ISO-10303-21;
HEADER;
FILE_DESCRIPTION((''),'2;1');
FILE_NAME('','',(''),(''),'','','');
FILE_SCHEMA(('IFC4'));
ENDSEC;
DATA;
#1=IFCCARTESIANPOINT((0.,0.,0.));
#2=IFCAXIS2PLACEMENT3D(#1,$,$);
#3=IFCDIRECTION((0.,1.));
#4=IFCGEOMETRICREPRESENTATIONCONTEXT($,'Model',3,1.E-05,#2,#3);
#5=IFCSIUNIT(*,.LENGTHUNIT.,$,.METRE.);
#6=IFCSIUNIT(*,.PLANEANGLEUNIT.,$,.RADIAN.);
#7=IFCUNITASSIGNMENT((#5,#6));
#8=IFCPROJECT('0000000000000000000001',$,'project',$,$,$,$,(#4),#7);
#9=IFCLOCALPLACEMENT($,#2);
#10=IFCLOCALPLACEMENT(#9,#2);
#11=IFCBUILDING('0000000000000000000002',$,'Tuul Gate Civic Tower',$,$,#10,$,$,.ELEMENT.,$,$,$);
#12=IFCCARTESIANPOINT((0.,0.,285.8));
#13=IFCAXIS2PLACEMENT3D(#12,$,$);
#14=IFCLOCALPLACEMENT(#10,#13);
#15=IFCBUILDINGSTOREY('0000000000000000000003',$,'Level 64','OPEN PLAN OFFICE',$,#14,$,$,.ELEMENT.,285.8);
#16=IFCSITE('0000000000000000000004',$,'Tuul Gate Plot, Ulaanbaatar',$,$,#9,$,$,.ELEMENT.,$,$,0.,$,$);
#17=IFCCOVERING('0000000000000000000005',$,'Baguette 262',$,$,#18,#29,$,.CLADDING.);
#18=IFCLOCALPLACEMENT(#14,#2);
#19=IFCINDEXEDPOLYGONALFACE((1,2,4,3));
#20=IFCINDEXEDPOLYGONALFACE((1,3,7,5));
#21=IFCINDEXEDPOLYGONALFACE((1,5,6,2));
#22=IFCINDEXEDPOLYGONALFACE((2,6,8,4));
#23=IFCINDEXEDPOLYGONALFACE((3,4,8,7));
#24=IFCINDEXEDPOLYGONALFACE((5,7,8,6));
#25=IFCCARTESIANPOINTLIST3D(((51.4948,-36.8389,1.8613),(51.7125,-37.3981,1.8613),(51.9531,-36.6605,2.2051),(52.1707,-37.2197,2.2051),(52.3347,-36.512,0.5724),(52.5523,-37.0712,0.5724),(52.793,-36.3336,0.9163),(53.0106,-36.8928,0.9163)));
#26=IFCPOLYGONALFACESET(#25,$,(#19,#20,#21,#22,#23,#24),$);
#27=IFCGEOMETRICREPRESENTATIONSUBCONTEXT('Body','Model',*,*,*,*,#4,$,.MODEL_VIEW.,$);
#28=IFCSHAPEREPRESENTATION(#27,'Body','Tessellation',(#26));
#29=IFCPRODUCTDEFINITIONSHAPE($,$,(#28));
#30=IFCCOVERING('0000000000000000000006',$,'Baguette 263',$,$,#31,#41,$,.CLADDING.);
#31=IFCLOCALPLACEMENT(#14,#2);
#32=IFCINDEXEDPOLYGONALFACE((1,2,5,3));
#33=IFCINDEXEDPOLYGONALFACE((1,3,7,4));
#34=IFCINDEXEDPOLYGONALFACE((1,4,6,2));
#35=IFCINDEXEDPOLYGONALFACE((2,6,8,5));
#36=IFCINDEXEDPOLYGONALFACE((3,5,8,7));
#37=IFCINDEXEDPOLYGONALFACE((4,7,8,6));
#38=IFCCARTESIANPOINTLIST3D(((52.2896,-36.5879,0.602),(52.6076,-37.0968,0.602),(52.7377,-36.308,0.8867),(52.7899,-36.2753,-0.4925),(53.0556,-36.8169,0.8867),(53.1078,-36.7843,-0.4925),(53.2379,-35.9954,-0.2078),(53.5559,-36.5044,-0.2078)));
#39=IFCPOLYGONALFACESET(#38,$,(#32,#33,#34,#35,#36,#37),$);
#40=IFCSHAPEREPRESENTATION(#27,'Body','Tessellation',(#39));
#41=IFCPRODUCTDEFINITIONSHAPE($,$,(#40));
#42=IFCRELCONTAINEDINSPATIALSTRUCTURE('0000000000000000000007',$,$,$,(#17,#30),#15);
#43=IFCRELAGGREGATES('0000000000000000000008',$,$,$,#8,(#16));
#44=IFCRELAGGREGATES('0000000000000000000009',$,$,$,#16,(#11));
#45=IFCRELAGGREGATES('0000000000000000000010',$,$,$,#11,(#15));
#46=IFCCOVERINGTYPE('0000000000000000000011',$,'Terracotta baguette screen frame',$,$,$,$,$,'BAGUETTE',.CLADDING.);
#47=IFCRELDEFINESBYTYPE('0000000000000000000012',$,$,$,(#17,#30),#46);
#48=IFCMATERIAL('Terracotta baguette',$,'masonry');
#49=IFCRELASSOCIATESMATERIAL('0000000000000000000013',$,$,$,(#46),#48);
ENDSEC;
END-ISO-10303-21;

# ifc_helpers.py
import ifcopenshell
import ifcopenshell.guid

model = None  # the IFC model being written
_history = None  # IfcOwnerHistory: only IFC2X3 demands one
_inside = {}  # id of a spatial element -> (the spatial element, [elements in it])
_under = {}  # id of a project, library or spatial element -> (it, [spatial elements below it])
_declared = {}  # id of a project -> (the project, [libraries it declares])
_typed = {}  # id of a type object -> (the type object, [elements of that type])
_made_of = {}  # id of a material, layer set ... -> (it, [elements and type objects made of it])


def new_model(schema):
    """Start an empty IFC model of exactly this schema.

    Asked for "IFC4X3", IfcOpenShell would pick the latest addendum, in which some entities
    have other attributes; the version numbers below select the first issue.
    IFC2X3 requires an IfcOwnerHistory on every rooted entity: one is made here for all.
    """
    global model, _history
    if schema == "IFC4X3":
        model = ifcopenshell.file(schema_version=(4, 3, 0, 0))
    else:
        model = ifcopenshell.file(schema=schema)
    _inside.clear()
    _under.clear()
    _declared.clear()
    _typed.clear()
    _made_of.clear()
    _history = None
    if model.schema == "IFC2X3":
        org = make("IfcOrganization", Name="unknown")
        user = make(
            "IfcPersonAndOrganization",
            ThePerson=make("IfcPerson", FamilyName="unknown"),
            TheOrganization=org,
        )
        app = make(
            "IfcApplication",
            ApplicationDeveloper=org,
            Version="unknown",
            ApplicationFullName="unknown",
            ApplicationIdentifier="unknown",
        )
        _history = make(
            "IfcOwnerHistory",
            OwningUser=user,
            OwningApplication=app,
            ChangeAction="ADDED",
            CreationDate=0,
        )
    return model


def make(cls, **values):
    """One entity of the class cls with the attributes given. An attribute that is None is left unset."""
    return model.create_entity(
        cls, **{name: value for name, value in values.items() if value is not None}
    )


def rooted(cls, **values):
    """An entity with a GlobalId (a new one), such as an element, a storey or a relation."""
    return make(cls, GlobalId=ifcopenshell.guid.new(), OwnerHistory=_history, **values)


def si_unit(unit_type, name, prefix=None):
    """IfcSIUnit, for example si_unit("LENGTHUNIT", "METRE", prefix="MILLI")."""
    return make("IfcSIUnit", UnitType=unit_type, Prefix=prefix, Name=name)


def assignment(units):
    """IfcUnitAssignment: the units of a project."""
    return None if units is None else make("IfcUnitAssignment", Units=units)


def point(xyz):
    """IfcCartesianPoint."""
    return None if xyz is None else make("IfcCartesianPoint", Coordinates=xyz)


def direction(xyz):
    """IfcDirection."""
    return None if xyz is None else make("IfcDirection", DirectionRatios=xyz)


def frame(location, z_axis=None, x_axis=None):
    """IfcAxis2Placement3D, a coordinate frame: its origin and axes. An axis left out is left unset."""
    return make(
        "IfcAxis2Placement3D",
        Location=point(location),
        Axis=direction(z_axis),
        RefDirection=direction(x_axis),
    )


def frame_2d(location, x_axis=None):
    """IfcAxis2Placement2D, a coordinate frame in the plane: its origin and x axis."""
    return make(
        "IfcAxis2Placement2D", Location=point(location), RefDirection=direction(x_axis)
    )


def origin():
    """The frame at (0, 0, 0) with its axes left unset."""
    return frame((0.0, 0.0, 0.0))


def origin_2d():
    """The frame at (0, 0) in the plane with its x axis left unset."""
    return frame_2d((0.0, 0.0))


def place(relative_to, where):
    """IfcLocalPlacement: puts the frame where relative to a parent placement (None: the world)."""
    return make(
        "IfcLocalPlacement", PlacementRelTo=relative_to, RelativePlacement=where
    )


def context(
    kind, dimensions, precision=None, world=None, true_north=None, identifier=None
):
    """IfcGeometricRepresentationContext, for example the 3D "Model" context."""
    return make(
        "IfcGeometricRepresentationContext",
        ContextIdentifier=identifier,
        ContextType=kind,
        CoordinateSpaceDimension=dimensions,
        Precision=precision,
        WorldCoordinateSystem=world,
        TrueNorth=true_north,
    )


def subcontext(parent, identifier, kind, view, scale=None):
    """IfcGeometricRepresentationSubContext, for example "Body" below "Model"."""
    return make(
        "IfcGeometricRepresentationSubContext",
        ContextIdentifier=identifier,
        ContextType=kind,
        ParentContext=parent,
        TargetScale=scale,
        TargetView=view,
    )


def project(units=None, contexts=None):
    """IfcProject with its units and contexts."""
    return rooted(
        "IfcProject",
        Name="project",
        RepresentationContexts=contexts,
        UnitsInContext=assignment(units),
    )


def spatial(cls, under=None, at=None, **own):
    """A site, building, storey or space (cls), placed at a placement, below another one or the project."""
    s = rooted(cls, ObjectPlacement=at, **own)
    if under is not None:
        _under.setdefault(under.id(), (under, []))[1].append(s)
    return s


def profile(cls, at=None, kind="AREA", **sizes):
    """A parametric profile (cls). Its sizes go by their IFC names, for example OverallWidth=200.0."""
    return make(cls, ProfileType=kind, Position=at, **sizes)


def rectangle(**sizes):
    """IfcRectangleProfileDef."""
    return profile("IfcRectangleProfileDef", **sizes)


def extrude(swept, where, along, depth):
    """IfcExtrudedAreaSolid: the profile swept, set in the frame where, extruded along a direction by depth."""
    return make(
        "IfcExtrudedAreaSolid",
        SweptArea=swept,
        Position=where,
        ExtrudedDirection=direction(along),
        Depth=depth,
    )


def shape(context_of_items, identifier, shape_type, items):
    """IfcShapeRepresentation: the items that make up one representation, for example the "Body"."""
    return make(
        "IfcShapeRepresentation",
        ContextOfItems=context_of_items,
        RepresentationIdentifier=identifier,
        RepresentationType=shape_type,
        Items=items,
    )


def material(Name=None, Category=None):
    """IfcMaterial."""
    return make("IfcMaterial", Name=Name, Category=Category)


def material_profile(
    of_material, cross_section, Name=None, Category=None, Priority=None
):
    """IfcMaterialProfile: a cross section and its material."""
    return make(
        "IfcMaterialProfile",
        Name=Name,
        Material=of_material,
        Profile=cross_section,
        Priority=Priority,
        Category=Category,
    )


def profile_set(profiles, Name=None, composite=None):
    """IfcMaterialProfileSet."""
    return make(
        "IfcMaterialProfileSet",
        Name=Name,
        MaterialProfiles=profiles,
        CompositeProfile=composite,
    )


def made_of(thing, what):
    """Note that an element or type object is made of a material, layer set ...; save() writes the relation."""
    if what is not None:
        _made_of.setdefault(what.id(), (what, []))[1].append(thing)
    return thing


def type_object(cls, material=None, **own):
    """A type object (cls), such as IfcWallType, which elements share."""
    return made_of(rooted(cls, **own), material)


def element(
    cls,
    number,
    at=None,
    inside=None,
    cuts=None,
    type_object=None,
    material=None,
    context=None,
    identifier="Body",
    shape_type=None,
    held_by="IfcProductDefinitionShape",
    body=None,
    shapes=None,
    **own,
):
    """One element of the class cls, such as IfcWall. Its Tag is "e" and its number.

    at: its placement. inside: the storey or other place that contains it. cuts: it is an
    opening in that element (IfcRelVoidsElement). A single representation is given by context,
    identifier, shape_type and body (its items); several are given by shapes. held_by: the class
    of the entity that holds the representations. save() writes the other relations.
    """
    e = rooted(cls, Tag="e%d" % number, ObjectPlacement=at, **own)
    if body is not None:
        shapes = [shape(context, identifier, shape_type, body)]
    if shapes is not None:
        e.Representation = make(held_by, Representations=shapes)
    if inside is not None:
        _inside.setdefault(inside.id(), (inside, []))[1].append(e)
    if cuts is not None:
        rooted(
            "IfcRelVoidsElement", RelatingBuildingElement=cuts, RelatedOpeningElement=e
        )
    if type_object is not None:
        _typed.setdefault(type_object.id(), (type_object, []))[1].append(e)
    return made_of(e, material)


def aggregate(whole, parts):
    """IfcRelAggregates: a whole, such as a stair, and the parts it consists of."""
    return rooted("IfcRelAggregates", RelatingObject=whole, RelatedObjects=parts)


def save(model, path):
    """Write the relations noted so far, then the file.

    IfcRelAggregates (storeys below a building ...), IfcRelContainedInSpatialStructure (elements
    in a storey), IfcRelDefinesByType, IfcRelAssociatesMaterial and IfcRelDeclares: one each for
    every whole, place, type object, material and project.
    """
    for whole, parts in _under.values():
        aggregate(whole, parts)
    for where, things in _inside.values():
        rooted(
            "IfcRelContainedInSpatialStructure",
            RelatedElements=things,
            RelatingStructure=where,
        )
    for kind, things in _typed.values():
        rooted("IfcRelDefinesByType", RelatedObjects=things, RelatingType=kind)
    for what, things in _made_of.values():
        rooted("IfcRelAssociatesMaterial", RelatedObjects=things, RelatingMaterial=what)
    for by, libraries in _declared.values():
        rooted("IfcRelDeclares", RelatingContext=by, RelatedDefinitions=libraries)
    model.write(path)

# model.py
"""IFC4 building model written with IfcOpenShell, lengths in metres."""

from ifc_helpers import new_model, si_unit, direction, frame, origin, origin_2d, place, context, subcontext, project, spatial, rectangle, extrude, material, material_profile, profile_set, type_object, element, save


model = new_model("IFC4")

# Units and contexts
model_context = context("Model", 3, precision=1e-05, world=origin(), true_north=direction((0.0, 1.0)))
body_context = subcontext(model_context, "Body", "Model", "MODEL_VIEW")
ifc_project = project(units=[si_unit("LENGTHUNIT", "METRE"), si_unit("PLANEANGLEUNIT", "RADIAN")], contexts=[model_context])

# Site, building, storey
site_placement = place(None, origin())
site = spatial("IfcSite", under=ifc_project, at=site_placement, Name="Tuul Gate Plot, Ulaanbaatar", CompositionType="ELEMENT", RefElevation=0.0)
building_placement = place(site_placement, origin())
building = spatial("IfcBuilding", under=site, at=building_placement, Name="Tuul Gate Civic Tower", CompositionType="ELEMENT")
storey_placement = place(building_placement, frame((0.0, 0.0, 285.8)))
storey = spatial("IfcBuildingStorey", under=building, at=storey_placement, Name="Level 64", Description="OPEN PLAN OFFICE", CompositionType="ELEMENT", Elevation=285.8)

# Coverings
ifc_material_1 = material(Name="Terracotta baguette", Category="masonry")
ifc_material_profile_1 = material_profile(ifc_material_1, rectangle(XDim=0.6001, YDim=0.6001, at=origin_2d()), Name="Terracotta baguette screen frame")
ifc_profile_set_1 = profile_set([ifc_material_profile_1], Name="Terracotta baguette")
covering_type = type_object("IfcCoveringType", Name="Terracotta baguette screen frame", ElementType="BAGUETTE", PredefinedType="CLADDING", material=ifc_profile_set_1)
covering_1_placement = place(storey_placement, frame((51.8328, -37.0293, 2.0332), z_axis=(0.534028, 0.207867, -0.819515), x_axis=(-0.362734, 0.931893, 0.0)))
element("IfcCovering", 1, at=covering_1_placement, inside=storey, type_object=covering_type, Name="Baguette 262", PredefinedType="CLADDING", context=body_context, shape_type="SweptSolid", body=[
    extrude(rectangle(XDim=0.6001, YDim=0.6001, at=origin_2d()), origin(), (0.0, 0.0, 1.0), 1.5728),
])
covering_2_placement = place(storey_placement, frame((52.6726, -36.7024, 0.7444), z_axis=(0.402352, 0.251347, -0.880305), x_axis=(-0.529813, 0.848115, 0.0)))
element("IfcCovering", 2, at=covering_2_placement, inside=storey, type_object=covering_type, Name="Baguette 263", PredefinedType="CLADDING", context=body_context, shape_type="SweptSolid", body=[
    extrude(rectangle(XDim=0.6001, YDim=0.6001, at=origin_2d()), origin(), (0.0, 0.0, 1.0), 1.2434),
])

save(model, "model.ifc")
